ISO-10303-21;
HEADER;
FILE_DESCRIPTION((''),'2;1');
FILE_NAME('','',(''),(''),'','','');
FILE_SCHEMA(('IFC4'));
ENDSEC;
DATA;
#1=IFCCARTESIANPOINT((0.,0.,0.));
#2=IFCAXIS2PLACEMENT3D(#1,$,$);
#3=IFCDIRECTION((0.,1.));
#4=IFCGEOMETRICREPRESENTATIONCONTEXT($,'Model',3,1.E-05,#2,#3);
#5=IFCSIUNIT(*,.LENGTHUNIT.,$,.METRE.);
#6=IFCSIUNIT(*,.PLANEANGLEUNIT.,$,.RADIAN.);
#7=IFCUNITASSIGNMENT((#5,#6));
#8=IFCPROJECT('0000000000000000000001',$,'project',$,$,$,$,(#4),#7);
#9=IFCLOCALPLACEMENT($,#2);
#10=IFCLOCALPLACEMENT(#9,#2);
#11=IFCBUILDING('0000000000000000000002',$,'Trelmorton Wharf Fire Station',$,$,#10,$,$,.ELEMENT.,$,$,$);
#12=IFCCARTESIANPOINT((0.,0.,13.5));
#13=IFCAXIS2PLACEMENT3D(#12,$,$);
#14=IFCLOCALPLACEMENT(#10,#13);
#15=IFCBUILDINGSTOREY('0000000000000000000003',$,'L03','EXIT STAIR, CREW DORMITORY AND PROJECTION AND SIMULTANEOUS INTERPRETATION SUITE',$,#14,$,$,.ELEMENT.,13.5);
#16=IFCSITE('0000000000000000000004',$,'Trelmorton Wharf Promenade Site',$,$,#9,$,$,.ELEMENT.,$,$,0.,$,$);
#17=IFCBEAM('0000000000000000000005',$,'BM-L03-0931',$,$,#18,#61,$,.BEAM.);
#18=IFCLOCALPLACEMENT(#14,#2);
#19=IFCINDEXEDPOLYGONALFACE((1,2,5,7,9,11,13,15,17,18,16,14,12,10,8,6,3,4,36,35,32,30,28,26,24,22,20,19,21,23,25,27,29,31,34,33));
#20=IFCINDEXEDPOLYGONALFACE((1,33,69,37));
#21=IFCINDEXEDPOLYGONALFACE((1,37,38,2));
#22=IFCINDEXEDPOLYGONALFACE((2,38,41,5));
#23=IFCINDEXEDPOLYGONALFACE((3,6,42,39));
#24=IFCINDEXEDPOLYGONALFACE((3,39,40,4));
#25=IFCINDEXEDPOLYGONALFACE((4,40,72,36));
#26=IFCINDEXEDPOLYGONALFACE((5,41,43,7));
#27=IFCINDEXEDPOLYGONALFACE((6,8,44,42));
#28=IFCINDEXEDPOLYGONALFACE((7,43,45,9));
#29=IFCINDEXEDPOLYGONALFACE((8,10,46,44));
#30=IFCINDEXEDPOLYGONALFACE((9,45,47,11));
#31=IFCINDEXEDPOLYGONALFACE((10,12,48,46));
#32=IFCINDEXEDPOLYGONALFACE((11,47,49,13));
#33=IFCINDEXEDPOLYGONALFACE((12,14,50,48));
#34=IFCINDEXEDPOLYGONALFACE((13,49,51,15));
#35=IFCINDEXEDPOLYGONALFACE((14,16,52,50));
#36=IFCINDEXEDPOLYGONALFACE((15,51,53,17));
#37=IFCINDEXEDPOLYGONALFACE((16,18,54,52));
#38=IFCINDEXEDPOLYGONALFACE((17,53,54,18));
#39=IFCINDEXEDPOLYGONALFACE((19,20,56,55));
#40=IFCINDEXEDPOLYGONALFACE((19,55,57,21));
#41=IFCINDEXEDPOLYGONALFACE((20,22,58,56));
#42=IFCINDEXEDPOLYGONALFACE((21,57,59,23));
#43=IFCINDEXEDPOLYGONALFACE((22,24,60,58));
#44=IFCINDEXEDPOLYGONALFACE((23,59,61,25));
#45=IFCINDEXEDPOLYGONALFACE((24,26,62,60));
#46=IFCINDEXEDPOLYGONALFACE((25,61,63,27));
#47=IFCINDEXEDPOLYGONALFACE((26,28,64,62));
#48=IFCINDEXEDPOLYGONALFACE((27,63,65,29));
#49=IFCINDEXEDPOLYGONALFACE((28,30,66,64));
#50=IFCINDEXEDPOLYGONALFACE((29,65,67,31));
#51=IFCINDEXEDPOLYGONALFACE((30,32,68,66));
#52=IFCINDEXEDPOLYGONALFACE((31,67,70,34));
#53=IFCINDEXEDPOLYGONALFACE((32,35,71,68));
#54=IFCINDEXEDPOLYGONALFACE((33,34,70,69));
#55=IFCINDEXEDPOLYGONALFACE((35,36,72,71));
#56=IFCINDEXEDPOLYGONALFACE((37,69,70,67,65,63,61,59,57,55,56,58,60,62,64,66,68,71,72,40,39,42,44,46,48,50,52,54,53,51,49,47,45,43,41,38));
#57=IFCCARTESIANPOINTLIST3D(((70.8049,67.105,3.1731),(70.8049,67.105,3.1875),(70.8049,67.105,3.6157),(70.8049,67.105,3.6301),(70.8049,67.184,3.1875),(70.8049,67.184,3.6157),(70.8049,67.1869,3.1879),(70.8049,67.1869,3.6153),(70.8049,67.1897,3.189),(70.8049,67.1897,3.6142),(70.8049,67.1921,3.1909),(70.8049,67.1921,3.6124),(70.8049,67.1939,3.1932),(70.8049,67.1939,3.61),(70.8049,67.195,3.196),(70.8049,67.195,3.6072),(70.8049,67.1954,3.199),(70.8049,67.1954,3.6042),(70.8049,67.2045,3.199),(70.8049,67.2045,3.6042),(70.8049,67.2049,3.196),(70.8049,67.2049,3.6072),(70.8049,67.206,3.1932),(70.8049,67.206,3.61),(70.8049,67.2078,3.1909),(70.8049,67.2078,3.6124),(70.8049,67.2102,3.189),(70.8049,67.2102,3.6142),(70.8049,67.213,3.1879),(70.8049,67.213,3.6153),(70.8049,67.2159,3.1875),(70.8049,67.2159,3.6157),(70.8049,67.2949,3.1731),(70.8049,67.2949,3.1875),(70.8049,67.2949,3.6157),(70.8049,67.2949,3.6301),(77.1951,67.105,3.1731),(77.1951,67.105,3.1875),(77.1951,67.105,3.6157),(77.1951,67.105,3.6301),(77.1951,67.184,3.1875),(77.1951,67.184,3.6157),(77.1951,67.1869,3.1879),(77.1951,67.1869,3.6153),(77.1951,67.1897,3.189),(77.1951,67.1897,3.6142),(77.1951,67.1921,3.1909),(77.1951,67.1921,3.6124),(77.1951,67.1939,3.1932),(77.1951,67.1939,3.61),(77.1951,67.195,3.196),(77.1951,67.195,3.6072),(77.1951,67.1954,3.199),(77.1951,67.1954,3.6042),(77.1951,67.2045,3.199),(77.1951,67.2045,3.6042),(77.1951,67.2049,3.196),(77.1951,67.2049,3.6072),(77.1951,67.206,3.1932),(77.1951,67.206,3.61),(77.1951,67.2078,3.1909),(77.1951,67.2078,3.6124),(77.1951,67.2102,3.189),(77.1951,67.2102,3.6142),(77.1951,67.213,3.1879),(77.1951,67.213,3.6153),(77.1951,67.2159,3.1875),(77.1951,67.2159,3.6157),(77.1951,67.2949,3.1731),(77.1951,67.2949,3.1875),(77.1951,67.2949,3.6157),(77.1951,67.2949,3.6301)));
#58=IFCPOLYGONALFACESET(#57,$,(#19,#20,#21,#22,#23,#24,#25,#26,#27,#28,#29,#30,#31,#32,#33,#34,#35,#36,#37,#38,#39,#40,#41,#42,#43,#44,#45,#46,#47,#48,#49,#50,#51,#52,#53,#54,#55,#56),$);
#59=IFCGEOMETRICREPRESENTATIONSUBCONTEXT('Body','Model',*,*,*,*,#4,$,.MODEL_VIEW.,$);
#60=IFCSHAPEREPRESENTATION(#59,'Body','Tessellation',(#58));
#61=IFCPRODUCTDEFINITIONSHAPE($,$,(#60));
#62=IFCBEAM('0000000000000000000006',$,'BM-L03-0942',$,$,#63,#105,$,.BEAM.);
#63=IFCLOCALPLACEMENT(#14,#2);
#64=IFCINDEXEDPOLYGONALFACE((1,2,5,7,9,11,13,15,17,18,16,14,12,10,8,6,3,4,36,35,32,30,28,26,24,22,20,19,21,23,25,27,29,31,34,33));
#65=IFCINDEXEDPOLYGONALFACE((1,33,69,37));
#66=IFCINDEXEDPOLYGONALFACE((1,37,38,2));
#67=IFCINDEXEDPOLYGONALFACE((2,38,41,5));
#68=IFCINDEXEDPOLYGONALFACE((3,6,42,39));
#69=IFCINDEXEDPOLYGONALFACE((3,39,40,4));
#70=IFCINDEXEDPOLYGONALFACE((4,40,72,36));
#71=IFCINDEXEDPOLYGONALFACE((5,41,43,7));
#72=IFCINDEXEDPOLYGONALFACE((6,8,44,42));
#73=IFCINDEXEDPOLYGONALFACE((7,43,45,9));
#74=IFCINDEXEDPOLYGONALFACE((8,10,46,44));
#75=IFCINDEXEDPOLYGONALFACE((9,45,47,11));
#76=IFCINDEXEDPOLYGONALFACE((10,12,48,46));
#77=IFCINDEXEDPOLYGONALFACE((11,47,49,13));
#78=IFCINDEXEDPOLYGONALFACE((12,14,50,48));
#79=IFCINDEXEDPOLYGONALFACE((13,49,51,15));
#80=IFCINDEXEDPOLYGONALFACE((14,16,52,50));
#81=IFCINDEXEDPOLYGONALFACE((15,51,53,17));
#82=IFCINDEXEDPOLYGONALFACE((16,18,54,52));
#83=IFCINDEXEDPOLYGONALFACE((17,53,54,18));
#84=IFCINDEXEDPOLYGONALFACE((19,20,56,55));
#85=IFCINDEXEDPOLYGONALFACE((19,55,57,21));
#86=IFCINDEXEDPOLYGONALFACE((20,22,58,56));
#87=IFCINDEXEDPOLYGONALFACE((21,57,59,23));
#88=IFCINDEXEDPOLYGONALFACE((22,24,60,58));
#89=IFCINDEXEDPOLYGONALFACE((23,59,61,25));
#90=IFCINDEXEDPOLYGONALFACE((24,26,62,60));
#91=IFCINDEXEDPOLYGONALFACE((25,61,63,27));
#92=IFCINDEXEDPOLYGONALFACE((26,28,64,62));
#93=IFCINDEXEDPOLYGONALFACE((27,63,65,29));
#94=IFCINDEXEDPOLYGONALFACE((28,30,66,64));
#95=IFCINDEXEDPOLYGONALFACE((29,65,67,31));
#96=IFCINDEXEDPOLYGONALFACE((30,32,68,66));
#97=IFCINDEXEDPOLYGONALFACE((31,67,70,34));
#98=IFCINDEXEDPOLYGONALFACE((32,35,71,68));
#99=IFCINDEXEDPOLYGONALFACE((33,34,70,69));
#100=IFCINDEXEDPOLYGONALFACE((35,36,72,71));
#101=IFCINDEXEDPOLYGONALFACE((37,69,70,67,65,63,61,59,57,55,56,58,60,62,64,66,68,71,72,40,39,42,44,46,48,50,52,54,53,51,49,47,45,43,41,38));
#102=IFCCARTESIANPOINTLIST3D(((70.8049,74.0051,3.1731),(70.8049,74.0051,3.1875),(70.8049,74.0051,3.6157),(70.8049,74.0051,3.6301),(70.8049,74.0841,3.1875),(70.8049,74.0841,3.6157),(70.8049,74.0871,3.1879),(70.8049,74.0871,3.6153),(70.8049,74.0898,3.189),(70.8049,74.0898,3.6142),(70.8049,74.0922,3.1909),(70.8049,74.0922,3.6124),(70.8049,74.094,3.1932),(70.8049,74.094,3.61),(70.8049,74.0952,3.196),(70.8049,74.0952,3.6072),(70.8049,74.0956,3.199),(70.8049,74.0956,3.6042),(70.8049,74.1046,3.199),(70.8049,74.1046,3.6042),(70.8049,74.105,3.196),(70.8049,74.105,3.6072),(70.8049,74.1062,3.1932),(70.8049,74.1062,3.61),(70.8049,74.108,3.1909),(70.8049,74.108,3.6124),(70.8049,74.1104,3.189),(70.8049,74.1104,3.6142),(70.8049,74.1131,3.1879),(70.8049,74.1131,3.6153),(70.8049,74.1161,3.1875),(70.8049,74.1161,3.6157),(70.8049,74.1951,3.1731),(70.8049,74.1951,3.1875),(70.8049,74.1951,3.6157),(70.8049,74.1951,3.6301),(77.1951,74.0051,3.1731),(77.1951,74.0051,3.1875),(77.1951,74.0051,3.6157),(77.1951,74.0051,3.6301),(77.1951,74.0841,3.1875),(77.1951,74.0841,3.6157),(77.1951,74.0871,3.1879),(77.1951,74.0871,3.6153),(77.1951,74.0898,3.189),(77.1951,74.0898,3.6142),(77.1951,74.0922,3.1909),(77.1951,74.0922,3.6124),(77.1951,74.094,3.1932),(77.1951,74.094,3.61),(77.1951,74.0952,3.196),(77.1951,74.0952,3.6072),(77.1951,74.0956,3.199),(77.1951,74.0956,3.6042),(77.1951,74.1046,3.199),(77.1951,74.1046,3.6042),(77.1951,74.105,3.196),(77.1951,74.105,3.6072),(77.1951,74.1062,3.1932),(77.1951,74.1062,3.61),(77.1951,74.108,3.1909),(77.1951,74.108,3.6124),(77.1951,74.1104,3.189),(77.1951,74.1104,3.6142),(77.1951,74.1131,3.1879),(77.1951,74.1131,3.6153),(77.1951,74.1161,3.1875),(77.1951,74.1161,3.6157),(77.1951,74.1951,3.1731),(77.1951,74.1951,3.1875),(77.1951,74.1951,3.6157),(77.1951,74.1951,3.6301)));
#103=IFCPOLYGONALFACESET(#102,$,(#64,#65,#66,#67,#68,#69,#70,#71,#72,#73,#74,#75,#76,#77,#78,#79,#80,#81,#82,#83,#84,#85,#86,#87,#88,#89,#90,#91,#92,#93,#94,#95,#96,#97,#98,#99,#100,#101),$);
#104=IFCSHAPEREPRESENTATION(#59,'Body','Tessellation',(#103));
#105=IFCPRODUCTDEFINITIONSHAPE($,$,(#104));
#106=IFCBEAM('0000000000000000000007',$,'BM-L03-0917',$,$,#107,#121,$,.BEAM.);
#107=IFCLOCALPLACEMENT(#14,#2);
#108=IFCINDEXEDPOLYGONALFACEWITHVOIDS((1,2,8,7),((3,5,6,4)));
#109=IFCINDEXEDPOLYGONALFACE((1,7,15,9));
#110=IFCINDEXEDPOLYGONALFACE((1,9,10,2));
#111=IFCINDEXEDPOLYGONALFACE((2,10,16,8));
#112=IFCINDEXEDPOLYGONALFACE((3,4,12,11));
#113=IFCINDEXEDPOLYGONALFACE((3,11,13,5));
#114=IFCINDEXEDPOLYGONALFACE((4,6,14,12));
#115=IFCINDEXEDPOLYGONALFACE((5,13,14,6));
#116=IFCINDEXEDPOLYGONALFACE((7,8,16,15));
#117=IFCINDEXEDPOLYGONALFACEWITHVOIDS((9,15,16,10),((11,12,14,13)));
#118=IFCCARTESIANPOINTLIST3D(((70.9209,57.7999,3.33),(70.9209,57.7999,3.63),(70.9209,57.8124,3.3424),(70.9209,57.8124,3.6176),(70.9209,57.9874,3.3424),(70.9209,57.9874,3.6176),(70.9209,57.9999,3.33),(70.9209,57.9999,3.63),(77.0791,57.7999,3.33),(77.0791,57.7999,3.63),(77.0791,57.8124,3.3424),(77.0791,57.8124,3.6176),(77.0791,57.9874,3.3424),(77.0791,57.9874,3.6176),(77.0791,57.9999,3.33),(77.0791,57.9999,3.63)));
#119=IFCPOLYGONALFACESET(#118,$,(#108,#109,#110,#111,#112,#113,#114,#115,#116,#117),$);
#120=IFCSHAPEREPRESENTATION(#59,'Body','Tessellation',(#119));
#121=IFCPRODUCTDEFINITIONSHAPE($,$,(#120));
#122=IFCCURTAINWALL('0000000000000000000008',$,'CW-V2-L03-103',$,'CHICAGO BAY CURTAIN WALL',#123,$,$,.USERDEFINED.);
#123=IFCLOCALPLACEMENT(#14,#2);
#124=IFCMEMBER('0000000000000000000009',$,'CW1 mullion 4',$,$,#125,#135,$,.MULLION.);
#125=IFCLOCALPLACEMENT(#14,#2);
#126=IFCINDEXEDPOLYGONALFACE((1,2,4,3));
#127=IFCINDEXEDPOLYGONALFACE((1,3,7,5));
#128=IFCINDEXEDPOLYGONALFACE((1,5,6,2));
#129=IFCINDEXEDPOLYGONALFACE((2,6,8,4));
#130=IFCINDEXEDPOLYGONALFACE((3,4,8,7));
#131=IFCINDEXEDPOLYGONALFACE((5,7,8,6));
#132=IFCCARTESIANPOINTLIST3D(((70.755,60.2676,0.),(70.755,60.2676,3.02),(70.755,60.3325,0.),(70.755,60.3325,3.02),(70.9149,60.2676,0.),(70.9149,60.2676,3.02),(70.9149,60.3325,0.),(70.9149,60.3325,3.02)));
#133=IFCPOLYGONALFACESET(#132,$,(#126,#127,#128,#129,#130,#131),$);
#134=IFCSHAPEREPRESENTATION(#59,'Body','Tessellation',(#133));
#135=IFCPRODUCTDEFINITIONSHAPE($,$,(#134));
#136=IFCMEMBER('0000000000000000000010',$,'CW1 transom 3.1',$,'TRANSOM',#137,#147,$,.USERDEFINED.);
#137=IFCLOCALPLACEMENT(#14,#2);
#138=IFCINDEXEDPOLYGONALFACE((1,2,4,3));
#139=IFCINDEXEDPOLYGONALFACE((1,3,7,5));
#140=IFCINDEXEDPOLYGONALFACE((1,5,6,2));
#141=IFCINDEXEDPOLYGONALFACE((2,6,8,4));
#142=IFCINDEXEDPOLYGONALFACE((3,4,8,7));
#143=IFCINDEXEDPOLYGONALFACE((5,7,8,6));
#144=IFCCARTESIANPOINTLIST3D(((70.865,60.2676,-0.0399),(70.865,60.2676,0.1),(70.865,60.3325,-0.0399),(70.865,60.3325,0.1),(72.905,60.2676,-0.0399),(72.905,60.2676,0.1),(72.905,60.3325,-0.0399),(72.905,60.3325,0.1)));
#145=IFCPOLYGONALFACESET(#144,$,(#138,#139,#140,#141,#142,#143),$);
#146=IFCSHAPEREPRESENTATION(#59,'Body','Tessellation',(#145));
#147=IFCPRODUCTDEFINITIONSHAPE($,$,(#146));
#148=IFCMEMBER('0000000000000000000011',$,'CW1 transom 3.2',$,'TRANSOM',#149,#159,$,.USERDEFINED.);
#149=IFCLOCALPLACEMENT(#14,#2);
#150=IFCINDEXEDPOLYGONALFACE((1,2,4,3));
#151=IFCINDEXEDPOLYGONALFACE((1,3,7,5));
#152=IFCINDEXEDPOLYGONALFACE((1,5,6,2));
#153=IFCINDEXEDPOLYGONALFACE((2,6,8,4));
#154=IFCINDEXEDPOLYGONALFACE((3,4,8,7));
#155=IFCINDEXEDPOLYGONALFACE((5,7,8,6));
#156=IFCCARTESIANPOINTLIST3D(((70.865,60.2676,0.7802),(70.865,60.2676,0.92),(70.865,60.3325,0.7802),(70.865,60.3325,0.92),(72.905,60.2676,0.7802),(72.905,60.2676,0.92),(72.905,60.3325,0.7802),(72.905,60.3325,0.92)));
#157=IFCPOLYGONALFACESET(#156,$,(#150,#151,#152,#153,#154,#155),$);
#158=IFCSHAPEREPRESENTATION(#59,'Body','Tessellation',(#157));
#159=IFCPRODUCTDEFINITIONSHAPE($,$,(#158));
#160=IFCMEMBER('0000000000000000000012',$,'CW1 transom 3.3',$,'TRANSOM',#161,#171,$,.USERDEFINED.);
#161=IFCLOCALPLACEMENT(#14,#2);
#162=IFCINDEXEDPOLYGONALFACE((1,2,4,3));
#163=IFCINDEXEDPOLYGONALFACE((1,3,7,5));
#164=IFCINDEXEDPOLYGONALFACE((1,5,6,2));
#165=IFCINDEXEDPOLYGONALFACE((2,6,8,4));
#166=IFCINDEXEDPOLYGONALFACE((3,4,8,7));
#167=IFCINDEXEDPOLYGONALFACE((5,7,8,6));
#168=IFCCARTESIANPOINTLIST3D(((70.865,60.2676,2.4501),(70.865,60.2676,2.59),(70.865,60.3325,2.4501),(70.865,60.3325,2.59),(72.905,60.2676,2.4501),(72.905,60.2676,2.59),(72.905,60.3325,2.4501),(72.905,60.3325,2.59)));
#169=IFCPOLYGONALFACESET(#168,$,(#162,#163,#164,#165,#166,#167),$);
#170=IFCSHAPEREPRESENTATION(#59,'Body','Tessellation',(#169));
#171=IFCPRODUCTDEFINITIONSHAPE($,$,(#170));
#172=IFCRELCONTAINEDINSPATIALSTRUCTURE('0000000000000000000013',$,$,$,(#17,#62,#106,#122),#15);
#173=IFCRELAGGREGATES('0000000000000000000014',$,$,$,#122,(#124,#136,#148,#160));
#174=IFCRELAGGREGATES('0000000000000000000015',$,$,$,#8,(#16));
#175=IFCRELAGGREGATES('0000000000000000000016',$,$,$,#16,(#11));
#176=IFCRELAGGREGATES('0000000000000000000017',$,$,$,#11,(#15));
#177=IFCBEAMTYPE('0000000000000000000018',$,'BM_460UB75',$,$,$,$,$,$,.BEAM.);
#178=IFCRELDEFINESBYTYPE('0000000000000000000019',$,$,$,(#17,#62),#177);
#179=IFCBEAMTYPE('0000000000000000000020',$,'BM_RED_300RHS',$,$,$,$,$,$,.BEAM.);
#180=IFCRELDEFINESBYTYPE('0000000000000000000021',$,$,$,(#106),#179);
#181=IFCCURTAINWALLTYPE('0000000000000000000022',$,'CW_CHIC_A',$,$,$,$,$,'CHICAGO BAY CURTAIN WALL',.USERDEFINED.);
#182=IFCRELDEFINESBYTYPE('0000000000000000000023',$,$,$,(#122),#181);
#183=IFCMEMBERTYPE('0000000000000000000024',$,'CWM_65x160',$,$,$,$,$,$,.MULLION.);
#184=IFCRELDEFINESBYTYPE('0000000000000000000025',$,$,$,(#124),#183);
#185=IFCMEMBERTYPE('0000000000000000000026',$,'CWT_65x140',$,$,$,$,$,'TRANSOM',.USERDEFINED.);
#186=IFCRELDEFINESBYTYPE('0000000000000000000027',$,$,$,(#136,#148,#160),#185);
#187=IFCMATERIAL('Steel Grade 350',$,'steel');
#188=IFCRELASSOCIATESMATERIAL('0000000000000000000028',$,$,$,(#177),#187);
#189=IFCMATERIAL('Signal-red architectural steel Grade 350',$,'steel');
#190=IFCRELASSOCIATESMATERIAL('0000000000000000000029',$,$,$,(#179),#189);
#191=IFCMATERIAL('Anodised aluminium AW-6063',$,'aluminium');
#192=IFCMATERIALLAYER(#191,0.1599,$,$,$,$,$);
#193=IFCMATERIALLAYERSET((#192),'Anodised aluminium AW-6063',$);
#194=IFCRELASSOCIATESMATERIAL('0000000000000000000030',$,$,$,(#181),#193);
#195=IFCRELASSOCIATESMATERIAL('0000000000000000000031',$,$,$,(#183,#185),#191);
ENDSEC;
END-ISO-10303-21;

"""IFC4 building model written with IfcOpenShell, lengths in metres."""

from ifc_helpers import new_model, si_unit, direction, frame, origin, origin_2d, place, context, subcontext, project, spatial, rectangle, hollow_rectangle, i_section, extrude, material, layer, layer_set, material_profile, profile_set, type_object, element, aggregate, save


model = new_model("IFC4")

# Units and contexts
model_context = context("Model", 3, precision=1e-05, world=origin(), true_north=direction((0.0, 1.0)))
body_context = subcontext(model_context, "Body", "Model", "MODEL_VIEW")
ifc_project = project(units=[si_unit("LENGTHUNIT", "METRE"), si_unit("PLANEANGLEUNIT", "RADIAN")], contexts=[model_context])

# Site, building, storey
site_placement = place(None, origin())
site = spatial("IfcSite", under=ifc_project, at=site_placement, Name="Trelmorton Wharf Promenade Site", CompositionType="ELEMENT", RefElevation=0.0)
building_placement = place(site_placement, origin())
building = spatial("IfcBuilding", under=site, at=building_placement, Name="Trelmorton Wharf Fire Station", CompositionType="ELEMENT")
storey_placement = place(building_placement, frame((0.0, 0.0, 13.5)))
storey = spatial("IfcBuildingStorey", under=building, at=storey_placement, Name="L03", Description="EXIT STAIR, CREW DORMITORY AND PROJECTION AND SIMULTANEOUS INTERPRETATION SUITE", CompositionType="ELEMENT", Elevation=13.5)

# Beams
ifc_material_1 = material(Name="Steel Grade 350", Category="steel")
ifc_material_profile_1 = material_profile(ifc_material_1, i_section(OverallWidth=0.1899, OverallDepth=0.457, WebThickness=0.009, FlangeThickness=0.0144, FilletRadius=0.0115, at=origin_2d()), Name="460UB74.6")
ifc_profile_set_1 = profile_set([ifc_material_profile_1], Name="Steel Grade 350")
beam_type_1 = type_object("IfcBeamType", Name="BM_460UB75", PredefinedType="BEAM", material=ifc_profile_set_1)
for number, where, z_axis, x_axis, name in (
    (1, (70.8049, 67.2, 3.4016), (1.0, 0.0, 0.0), (0.0, 1.0, 0.0), "BM-L03-0931"),
    (2, (70.8049, 74.1001, 3.4016), (1.0, 0.0, 0.0), (0.0, 1.0, 0.0), "BM-L03-0942"),
):
    element("IfcBeam", number, at=place(storey_placement, frame(where, z_axis=z_axis, x_axis=x_axis)), inside=storey, type_object=beam_type_1, Name=name, PredefinedType="BEAM", context=body_context, shape_type="SweptSolid", body=[
        extrude(i_section(OverallWidth=0.1899, OverallDepth=0.457, WebThickness=0.009, FlangeThickness=0.0144, FilletRadius=0.0115, at=origin_2d()), origin(), (0.0, 0.0, 1.0), 6.3901),
    ])
ifc_material_2 = material(Name="Signal-red architectural steel Grade 350", Category="steel")
ifc_material_profile_2 = material_profile(ifc_material_2, hollow_rectangle(XDim=0.2, YDim=0.3, WallThickness=0.0125, at=origin_2d()), Name="300x200x12.5RHS")
ifc_profile_set_2 = profile_set([ifc_material_profile_2], Name="Signal-red architectural steel Grade 350")
beam_type_2 = type_object("IfcBeamType", Name="BM_RED_300RHS", PredefinedType="BEAM", material=ifc_profile_set_2)
beam_1_placement = place(storey_placement, frame((70.9209, 57.8999, 3.48), z_axis=(1.0, 0.0, 0.0), x_axis=(0.0, 1.0, 0.0)))
element("IfcBeam", 3, at=beam_1_placement, inside=storey, type_object=beam_type_2, Name="BM-L03-0917", PredefinedType="BEAM", context=body_context, shape_type="SweptSolid", body=[
    extrude(hollow_rectangle(XDim=0.2, YDim=0.3, WallThickness=0.0125, at=origin_2d()), origin(), (0.0, 0.0, 1.0), 6.1582),
])

# Curtain wall, members
ifc_material_3 = material(Name="Anodised aluminium AW-6063", Category="aluminium")
ifc_layer_1 = layer(ifc_material_3, 0.1599)
ifc_layer_set_1 = layer_set([ifc_layer_1], Name="Anodised aluminium AW-6063")
curtain_wall_type = type_object("IfcCurtainWallType", Name="CW_CHIC_A", ElementType="CHICAGO BAY CURTAIN WALL", PredefinedType="USERDEFINED", material=ifc_layer_set_1)
curtain_wall_placement = place(storey_placement, origin())
curtain_wall = element("IfcCurtainWall", 4, at=curtain_wall_placement, inside=storey, type_object=curtain_wall_type, Name="CW-V2-L03-103", ObjectType="CHICAGO BAY CURTAIN WALL", PredefinedType="USERDEFINED")
ifc_material_profile_3 = material_profile(ifc_material_3, rectangle(XDim=0.0649, YDim=0.1599, at=origin_2d()), Name="ALU-65x160")
ifc_profile_set_3 = profile_set([ifc_material_profile_3], Name="Anodised aluminium AW-6063")
member_type_1 = type_object("IfcMemberType", Name="CWM_65x160", PredefinedType="MULLION", material=ifc_profile_set_3)
member_1_placement = place(storey_placement, frame((70.835, 60.3, 0.0), z_axis=(0.0, 0.0, 1.0), x_axis=(0.0, -1.0, 0.0)))
member_1 = element("IfcMember", 5, at=member_1_placement, type_object=member_type_1, Name="CW1 mullion 4", PredefinedType="MULLION", context=body_context, shape_type="SweptSolid", body=[
    extrude(rectangle(XDim=0.0649, YDim=0.1599, at=origin_2d()), origin(), (0.0, 0.0, 1.0), 3.02),
])
ifc_material_profile_4 = material_profile(ifc_material_3, rectangle(XDim=0.0649, YDim=0.1399, at=origin_2d()), Name="ALU-65x140")
ifc_profile_set_4 = profile_set([ifc_material_profile_4], Name="Anodised aluminium AW-6063")
member_type_2 = type_object("IfcMemberType", Name="CWT_65x140", ElementType="TRANSOM", PredefinedType="USERDEFINED", material=ifc_profile_set_4)
member_2_placement = place(storey_placement, frame((72.905, 60.3, 0.03), z_axis=(-1.0, 0.0, 0.0), x_axis=(0.0, -1.0, 0.0)))
member_2 = element("IfcMember", 6, at=member_2_placement, type_object=member_type_2, Name="CW1 transom 3.1", ObjectType="TRANSOM", PredefinedType="USERDEFINED", context=body_context, shape_type="SweptSolid", body=[
    extrude(rectangle(XDim=0.0649, YDim=0.1399, at=origin_2d()), origin(), (0.0, 0.0, 1.0), 2.04),
])
member_3_placement = place(storey_placement, frame((72.905, 60.3, 0.8501), z_axis=(-1.0, 0.0, 0.0), x_axis=(0.0, -1.0, 0.0)))
member_3 = element("IfcMember", 7, at=member_3_placement, type_object=member_type_2, Name="CW1 transom 3.2", ObjectType="TRANSOM", PredefinedType="USERDEFINED", context=body_context, shape_type="SweptSolid", body=[
    extrude(rectangle(XDim=0.0649, YDim=0.1399, at=origin_2d()), origin(), (0.0, 0.0, 1.0), 2.04),
])
member_4_placement = place(storey_placement, frame((72.905, 60.3, 2.52), z_axis=(-1.0, 0.0, 0.0), x_axis=(0.0, -1.0, 0.0)))
member_4 = element("IfcMember", 8, at=member_4_placement, type_object=member_type_2, Name="CW1 transom 3.3", ObjectType="TRANSOM", PredefinedType="USERDEFINED", context=body_context, shape_type="SweptSolid", body=[
    extrude(rectangle(XDim=0.0649, YDim=0.1399, at=origin_2d()), origin(), (0.0, 0.0, 1.0), 2.04),
])

aggregate(curtain_wall, [member_1, member_2, member_3, member_4])

save(model, "model.ifc")
